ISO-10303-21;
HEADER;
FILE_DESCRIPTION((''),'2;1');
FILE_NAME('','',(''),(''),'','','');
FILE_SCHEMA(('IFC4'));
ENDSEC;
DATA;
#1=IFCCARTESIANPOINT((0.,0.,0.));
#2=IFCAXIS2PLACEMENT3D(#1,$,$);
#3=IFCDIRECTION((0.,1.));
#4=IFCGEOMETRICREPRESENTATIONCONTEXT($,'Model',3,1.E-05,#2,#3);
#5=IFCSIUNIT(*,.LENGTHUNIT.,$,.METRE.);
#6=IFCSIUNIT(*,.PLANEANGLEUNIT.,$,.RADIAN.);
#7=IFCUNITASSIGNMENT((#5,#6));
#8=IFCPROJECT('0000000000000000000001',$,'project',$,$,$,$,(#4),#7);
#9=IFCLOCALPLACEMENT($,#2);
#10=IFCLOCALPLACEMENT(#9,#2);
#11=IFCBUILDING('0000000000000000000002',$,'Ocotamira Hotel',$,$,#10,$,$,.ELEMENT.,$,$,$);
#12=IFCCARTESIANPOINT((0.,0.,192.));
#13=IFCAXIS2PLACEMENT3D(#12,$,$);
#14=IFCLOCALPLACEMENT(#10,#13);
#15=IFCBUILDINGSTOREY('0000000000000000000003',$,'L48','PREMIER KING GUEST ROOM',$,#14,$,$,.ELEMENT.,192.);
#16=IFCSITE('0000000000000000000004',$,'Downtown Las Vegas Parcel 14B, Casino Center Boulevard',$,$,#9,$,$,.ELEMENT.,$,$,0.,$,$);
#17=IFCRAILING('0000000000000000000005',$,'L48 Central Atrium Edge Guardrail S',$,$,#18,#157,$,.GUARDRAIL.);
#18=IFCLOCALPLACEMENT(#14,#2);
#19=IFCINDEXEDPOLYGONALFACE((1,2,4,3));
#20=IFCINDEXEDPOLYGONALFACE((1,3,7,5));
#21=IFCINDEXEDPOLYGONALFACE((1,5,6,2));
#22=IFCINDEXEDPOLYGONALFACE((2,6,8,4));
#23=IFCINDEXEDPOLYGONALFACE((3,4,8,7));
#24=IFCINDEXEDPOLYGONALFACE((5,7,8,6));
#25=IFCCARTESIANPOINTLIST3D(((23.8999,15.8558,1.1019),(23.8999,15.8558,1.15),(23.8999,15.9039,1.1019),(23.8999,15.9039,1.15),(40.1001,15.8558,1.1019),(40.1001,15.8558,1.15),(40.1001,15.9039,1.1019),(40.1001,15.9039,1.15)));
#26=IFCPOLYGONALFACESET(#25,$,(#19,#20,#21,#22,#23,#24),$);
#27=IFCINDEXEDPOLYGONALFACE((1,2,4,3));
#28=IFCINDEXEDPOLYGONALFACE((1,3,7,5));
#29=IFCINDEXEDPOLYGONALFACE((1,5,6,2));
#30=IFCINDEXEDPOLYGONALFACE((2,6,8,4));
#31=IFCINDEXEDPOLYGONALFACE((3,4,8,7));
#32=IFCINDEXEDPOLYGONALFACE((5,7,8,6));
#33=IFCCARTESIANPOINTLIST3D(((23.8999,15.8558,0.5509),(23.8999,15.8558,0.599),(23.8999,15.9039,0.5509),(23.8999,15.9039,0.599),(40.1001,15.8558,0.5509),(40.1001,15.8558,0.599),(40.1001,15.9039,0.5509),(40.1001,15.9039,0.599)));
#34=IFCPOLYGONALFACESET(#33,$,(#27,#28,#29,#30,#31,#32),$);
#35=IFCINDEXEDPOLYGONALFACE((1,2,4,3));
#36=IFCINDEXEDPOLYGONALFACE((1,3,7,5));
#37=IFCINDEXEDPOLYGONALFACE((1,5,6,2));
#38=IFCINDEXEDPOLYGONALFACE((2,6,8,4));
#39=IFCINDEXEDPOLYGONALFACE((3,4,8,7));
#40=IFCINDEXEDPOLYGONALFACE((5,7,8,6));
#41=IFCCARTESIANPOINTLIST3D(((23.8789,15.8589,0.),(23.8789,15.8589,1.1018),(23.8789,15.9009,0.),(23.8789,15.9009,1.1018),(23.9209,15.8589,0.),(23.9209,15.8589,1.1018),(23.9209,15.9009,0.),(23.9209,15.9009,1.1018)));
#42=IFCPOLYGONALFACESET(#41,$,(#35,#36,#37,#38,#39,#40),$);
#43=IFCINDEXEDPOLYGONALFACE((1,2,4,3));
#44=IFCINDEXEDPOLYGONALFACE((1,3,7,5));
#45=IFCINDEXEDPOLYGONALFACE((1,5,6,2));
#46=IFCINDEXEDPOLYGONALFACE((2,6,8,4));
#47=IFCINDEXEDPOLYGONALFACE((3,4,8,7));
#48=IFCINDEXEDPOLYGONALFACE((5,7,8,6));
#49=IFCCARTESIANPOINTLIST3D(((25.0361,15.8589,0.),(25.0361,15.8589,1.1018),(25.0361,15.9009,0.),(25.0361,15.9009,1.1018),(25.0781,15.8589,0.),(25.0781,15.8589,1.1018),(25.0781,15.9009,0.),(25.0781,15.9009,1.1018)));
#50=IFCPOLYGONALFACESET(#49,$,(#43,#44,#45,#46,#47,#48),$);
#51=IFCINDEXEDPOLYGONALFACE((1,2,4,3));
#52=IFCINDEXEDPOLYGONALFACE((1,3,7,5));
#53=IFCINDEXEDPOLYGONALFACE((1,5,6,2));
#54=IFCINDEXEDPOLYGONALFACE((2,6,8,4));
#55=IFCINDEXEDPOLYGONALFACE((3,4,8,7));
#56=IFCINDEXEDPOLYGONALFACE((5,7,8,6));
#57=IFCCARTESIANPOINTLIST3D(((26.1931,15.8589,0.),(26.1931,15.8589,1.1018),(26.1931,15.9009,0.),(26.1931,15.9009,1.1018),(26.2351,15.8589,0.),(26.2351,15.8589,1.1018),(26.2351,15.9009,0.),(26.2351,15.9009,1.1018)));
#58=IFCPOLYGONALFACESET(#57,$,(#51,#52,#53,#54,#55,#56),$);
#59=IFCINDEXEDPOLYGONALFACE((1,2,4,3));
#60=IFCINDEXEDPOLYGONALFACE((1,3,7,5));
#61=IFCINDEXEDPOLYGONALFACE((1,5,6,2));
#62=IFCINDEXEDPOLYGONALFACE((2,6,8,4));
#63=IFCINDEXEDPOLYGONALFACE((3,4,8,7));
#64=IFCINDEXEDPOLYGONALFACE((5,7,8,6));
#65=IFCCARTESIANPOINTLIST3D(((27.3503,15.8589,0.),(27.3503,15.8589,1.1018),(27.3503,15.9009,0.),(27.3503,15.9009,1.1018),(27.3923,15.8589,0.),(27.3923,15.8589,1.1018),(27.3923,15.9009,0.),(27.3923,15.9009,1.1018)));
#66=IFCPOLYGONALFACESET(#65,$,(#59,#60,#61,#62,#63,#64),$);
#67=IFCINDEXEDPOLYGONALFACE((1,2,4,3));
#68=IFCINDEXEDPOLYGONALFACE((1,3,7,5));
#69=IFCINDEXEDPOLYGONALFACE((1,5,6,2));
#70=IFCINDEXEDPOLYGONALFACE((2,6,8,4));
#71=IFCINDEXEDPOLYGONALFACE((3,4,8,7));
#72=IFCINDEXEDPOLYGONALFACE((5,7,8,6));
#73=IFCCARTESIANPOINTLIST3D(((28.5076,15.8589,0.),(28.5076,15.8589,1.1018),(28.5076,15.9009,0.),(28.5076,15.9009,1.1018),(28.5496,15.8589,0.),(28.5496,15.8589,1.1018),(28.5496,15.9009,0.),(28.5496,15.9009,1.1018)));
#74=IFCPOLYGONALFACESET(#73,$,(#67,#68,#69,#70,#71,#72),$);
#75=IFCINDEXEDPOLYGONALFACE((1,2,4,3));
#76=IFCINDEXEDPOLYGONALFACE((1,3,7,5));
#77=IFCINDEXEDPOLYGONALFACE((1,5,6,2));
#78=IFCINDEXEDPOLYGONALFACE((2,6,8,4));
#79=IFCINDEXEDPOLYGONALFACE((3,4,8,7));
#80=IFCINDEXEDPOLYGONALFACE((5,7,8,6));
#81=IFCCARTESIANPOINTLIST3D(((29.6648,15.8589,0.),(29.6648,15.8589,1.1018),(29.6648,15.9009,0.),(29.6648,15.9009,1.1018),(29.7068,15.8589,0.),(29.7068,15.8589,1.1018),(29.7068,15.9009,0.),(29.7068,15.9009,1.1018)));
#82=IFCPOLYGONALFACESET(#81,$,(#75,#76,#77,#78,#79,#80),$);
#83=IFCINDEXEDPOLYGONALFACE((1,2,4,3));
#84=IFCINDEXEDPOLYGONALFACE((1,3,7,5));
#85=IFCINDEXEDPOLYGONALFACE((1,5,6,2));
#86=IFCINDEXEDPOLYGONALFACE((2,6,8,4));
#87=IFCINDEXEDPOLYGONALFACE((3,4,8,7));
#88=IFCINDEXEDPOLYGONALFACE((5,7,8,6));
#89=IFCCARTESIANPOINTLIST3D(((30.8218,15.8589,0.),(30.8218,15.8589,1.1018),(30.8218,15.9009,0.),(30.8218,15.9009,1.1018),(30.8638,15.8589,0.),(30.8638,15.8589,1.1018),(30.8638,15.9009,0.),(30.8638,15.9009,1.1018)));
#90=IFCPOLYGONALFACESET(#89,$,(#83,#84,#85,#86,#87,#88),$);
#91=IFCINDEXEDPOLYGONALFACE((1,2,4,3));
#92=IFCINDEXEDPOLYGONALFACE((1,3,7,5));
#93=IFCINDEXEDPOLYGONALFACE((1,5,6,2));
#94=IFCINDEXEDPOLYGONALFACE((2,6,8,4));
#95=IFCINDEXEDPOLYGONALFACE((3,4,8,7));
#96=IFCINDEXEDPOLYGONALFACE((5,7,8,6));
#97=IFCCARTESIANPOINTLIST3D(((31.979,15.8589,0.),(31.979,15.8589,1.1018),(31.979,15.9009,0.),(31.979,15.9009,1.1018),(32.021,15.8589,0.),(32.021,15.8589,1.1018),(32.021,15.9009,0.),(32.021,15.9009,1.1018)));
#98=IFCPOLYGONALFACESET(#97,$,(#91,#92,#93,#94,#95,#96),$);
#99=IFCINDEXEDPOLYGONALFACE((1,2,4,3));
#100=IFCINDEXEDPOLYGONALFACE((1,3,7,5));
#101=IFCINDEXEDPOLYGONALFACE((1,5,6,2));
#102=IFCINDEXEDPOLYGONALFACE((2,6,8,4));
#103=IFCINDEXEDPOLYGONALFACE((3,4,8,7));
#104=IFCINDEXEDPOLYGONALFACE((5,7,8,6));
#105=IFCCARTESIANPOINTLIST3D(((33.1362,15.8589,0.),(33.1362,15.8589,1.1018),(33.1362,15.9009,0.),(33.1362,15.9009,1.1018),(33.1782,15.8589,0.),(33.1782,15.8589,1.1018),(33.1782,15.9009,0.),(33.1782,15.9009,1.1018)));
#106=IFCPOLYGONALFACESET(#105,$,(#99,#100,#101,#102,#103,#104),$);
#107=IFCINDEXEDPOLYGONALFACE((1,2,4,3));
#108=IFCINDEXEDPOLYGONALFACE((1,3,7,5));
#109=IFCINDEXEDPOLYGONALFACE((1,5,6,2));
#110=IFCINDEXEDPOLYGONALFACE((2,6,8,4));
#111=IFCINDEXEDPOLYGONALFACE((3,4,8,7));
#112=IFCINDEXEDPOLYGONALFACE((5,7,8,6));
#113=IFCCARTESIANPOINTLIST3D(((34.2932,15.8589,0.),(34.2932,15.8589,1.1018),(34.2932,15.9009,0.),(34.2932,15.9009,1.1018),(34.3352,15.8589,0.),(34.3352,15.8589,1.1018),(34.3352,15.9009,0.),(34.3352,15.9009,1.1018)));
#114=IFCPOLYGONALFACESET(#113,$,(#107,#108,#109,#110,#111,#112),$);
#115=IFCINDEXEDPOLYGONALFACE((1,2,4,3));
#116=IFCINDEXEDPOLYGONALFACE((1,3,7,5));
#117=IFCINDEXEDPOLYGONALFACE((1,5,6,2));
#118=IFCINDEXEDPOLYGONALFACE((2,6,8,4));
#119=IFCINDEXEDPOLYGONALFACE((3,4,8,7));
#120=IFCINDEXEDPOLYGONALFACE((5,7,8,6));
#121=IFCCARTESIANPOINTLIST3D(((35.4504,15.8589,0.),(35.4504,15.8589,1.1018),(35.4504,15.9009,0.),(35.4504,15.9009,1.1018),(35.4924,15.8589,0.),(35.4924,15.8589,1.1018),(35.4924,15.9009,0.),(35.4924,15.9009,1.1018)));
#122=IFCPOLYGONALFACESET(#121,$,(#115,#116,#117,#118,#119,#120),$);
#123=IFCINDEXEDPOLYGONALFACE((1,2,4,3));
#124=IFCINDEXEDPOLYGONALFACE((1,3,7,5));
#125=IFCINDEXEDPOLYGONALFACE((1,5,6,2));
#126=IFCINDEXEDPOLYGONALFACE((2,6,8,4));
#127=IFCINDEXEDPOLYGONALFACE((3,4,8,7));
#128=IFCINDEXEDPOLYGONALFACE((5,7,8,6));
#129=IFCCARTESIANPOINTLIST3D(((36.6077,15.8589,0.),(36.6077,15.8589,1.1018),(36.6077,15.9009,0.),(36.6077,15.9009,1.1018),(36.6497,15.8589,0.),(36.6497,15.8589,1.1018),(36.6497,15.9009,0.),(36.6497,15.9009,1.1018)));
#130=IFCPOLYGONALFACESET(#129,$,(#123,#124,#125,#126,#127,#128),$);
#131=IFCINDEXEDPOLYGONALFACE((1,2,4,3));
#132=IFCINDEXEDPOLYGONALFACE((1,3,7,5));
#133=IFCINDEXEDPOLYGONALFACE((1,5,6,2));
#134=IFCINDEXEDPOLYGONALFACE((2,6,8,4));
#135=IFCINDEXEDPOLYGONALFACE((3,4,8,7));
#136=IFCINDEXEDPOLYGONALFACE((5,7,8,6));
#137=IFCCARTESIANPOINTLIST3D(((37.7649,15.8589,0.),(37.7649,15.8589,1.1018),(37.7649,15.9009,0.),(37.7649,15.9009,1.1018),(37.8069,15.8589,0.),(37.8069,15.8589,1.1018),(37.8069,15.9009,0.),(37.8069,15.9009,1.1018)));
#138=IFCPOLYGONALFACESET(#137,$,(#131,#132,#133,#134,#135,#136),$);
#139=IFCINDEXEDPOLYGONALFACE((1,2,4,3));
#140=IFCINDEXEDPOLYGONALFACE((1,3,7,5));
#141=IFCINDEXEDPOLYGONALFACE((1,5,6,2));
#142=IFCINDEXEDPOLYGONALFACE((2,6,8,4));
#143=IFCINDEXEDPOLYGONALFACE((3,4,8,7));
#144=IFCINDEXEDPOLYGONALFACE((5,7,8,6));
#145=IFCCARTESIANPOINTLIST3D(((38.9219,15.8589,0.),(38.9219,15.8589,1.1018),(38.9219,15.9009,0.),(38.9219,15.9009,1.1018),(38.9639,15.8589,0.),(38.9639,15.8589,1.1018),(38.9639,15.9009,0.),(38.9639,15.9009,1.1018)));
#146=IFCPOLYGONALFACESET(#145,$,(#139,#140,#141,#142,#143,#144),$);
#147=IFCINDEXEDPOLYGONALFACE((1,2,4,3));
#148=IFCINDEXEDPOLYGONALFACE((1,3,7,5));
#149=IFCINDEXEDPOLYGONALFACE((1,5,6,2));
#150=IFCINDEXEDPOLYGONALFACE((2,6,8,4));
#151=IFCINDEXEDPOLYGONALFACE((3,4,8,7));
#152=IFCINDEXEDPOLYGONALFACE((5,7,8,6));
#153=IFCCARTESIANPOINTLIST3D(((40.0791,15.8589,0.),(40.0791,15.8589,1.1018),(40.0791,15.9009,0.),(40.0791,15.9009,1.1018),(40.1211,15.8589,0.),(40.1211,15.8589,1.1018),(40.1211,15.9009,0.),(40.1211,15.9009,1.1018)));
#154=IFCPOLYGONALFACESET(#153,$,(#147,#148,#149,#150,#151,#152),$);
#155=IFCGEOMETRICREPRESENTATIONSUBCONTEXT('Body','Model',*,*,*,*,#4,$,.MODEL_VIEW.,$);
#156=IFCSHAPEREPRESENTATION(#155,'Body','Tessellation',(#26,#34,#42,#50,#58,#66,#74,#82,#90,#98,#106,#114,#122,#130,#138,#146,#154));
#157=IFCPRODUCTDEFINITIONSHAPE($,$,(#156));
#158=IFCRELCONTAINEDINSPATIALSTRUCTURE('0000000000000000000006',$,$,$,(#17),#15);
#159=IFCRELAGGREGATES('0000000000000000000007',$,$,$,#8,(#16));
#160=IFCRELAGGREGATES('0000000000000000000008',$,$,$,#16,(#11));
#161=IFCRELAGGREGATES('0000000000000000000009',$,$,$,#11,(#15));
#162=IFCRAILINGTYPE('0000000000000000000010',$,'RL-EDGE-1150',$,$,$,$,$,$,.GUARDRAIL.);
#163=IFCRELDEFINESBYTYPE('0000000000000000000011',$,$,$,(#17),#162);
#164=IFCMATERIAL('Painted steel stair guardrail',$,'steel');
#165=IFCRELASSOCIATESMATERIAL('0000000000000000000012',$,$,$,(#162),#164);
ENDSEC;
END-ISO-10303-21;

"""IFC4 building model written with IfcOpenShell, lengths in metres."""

from ifc_helpers import new_model, si_unit, direction, frame, origin, origin_2d, place, context, subcontext, project, spatial, rectangle, extrude, material, type_object, element, save


model = new_model("IFC4")

# Units and contexts
model_context = context("Model", 3, precision=1e-05, world=origin(), true_north=direction((0.0, 1.0)))
body_context = subcontext(model_context, "Body", "Model", "MODEL_VIEW")
ifc_project = project(units=[si_unit("LENGTHUNIT", "METRE"), si_unit("PLANEANGLEUNIT", "RADIAN")], contexts=[model_context])

# Site, building, storey
site_placement = place(None, origin())
site = spatial("IfcSite", under=ifc_project, at=site_placement, Name="Downtown Las Vegas Parcel 14B, Casino Center Boulevard", CompositionType="ELEMENT", RefElevation=0.0)
building_placement = place(site_placement, origin())
building = spatial("IfcBuilding", under=site, at=building_placement, Name="Ocotamira Hotel", CompositionType="ELEMENT")
storey_placement = place(building_placement, frame((0.0, 0.0, 192.0)))
storey = spatial("IfcBuildingStorey", under=building, at=storey_placement, Name="L48", Description="PREMIER KING GUEST ROOM", CompositionType="ELEMENT", Elevation=192.0)

# Railing
ifc_material_1 = material(Name="Painted steel stair guardrail", Category="steel")
railing_type = type_object("IfcRailingType", Name="RL-EDGE-1150", PredefinedType="GUARDRAIL", material=ifc_material_1)
railing_1_placement = place(storey_placement, frame((23.8999, 15.8799, 0.0)))
element("IfcRailing", 1, at=railing_1_placement, inside=storey, type_object=railing_type, Name="L48 Central Atrium Edge Guardrail S", PredefinedType="GUARDRAIL", context=body_context, shape_type="SweptSolid", body=[
    extrude(rectangle(XDim=0.0481, YDim=0.0481, at=origin_2d()), frame((0.0, 0.0, 1.126), z_axis=(1.0, 0.0, 0.0), x_axis=(0.0, 1.0, 0.0)), (0.0, 0.0, 1.0), 16.2002),
    extrude(rectangle(XDim=0.0481, YDim=0.0481, at=origin_2d()), frame((0.0, 0.0, 0.575), z_axis=(1.0, 0.0, 0.0), x_axis=(0.0, 1.0, 0.0)), (0.0, 0.0, 1.0), 16.2002),
    extrude(rectangle(XDim=0.042, YDim=0.042, at=origin_2d()), origin(), (0.0, 0.0, 1.0), 1.1018),
    extrude(rectangle(XDim=0.042, YDim=0.042, at=origin_2d()), frame((1.1572, 0.0, 0.0)), (0.0, 0.0, 1.0), 1.1018),
    extrude(rectangle(XDim=0.042, YDim=0.042, at=origin_2d()), frame((2.3142, 0.0, 0.0)), (0.0, 0.0, 1.0), 1.1018),
    extrude(rectangle(XDim=0.042, YDim=0.042, at=origin_2d()), frame((3.4714, 0.0, 0.0)), (0.0, 0.0, 1.0), 1.1018),
    extrude(rectangle(XDim=0.042, YDim=0.042, at=origin_2d()), frame((4.6287, 0.0, 0.0)), (0.0, 0.0, 1.0), 1.1018),
    extrude(rectangle(XDim=0.042, YDim=0.042, at=origin_2d()), frame((5.7859, 0.0, 0.0)), (0.0, 0.0, 1.0), 1.1018),
    extrude(rectangle(XDim=0.042, YDim=0.042, at=origin_2d()), frame((6.9429, 0.0, 0.0)), (0.0, 0.0, 1.0), 1.1018),
    extrude(rectangle(XDim=0.042, YDim=0.042, at=origin_2d()), frame((8.1001, 0.0, 0.0)), (0.0, 0.0, 1.0), 1.1018),
    extrude(rectangle(XDim=0.042, YDim=0.042, at=origin_2d()), frame((9.2573, 0.0, 0.0)), (0.0, 0.0, 1.0), 1.1018),
    extrude(rectangle(XDim=0.042, YDim=0.042, at=origin_2d()), frame((10.4143, 0.0, 0.0)), (0.0, 0.0, 1.0), 1.1018),
    extrude(rectangle(XDim=0.042, YDim=0.042, at=origin_2d()), frame((11.5715, 0.0, 0.0)), (0.0, 0.0, 1.0), 1.1018),
    extrude(rectangle(XDim=0.042, YDim=0.042, at=origin_2d()), frame((12.7288, 0.0, 0.0)), (0.0, 0.0, 1.0), 1.1018),
    extrude(rectangle(XDim=0.042, YDim=0.042, at=origin_2d()), frame((13.886, 0.0, 0.0)), (0.0, 0.0, 1.0), 1.1018),
    extrude(rectangle(XDim=0.042, YDim=0.042, at=origin_2d()), frame((15.043, 0.0, 0.0)), (0.0, 0.0, 1.0), 1.1018),
    extrude(rectangle(XDim=0.042, YDim=0.042, at=origin_2d()), frame((16.2002, 0.0, 0.0)), (0.0, 0.0, 1.0), 1.1018),
])

save(model, "model.ifc")
